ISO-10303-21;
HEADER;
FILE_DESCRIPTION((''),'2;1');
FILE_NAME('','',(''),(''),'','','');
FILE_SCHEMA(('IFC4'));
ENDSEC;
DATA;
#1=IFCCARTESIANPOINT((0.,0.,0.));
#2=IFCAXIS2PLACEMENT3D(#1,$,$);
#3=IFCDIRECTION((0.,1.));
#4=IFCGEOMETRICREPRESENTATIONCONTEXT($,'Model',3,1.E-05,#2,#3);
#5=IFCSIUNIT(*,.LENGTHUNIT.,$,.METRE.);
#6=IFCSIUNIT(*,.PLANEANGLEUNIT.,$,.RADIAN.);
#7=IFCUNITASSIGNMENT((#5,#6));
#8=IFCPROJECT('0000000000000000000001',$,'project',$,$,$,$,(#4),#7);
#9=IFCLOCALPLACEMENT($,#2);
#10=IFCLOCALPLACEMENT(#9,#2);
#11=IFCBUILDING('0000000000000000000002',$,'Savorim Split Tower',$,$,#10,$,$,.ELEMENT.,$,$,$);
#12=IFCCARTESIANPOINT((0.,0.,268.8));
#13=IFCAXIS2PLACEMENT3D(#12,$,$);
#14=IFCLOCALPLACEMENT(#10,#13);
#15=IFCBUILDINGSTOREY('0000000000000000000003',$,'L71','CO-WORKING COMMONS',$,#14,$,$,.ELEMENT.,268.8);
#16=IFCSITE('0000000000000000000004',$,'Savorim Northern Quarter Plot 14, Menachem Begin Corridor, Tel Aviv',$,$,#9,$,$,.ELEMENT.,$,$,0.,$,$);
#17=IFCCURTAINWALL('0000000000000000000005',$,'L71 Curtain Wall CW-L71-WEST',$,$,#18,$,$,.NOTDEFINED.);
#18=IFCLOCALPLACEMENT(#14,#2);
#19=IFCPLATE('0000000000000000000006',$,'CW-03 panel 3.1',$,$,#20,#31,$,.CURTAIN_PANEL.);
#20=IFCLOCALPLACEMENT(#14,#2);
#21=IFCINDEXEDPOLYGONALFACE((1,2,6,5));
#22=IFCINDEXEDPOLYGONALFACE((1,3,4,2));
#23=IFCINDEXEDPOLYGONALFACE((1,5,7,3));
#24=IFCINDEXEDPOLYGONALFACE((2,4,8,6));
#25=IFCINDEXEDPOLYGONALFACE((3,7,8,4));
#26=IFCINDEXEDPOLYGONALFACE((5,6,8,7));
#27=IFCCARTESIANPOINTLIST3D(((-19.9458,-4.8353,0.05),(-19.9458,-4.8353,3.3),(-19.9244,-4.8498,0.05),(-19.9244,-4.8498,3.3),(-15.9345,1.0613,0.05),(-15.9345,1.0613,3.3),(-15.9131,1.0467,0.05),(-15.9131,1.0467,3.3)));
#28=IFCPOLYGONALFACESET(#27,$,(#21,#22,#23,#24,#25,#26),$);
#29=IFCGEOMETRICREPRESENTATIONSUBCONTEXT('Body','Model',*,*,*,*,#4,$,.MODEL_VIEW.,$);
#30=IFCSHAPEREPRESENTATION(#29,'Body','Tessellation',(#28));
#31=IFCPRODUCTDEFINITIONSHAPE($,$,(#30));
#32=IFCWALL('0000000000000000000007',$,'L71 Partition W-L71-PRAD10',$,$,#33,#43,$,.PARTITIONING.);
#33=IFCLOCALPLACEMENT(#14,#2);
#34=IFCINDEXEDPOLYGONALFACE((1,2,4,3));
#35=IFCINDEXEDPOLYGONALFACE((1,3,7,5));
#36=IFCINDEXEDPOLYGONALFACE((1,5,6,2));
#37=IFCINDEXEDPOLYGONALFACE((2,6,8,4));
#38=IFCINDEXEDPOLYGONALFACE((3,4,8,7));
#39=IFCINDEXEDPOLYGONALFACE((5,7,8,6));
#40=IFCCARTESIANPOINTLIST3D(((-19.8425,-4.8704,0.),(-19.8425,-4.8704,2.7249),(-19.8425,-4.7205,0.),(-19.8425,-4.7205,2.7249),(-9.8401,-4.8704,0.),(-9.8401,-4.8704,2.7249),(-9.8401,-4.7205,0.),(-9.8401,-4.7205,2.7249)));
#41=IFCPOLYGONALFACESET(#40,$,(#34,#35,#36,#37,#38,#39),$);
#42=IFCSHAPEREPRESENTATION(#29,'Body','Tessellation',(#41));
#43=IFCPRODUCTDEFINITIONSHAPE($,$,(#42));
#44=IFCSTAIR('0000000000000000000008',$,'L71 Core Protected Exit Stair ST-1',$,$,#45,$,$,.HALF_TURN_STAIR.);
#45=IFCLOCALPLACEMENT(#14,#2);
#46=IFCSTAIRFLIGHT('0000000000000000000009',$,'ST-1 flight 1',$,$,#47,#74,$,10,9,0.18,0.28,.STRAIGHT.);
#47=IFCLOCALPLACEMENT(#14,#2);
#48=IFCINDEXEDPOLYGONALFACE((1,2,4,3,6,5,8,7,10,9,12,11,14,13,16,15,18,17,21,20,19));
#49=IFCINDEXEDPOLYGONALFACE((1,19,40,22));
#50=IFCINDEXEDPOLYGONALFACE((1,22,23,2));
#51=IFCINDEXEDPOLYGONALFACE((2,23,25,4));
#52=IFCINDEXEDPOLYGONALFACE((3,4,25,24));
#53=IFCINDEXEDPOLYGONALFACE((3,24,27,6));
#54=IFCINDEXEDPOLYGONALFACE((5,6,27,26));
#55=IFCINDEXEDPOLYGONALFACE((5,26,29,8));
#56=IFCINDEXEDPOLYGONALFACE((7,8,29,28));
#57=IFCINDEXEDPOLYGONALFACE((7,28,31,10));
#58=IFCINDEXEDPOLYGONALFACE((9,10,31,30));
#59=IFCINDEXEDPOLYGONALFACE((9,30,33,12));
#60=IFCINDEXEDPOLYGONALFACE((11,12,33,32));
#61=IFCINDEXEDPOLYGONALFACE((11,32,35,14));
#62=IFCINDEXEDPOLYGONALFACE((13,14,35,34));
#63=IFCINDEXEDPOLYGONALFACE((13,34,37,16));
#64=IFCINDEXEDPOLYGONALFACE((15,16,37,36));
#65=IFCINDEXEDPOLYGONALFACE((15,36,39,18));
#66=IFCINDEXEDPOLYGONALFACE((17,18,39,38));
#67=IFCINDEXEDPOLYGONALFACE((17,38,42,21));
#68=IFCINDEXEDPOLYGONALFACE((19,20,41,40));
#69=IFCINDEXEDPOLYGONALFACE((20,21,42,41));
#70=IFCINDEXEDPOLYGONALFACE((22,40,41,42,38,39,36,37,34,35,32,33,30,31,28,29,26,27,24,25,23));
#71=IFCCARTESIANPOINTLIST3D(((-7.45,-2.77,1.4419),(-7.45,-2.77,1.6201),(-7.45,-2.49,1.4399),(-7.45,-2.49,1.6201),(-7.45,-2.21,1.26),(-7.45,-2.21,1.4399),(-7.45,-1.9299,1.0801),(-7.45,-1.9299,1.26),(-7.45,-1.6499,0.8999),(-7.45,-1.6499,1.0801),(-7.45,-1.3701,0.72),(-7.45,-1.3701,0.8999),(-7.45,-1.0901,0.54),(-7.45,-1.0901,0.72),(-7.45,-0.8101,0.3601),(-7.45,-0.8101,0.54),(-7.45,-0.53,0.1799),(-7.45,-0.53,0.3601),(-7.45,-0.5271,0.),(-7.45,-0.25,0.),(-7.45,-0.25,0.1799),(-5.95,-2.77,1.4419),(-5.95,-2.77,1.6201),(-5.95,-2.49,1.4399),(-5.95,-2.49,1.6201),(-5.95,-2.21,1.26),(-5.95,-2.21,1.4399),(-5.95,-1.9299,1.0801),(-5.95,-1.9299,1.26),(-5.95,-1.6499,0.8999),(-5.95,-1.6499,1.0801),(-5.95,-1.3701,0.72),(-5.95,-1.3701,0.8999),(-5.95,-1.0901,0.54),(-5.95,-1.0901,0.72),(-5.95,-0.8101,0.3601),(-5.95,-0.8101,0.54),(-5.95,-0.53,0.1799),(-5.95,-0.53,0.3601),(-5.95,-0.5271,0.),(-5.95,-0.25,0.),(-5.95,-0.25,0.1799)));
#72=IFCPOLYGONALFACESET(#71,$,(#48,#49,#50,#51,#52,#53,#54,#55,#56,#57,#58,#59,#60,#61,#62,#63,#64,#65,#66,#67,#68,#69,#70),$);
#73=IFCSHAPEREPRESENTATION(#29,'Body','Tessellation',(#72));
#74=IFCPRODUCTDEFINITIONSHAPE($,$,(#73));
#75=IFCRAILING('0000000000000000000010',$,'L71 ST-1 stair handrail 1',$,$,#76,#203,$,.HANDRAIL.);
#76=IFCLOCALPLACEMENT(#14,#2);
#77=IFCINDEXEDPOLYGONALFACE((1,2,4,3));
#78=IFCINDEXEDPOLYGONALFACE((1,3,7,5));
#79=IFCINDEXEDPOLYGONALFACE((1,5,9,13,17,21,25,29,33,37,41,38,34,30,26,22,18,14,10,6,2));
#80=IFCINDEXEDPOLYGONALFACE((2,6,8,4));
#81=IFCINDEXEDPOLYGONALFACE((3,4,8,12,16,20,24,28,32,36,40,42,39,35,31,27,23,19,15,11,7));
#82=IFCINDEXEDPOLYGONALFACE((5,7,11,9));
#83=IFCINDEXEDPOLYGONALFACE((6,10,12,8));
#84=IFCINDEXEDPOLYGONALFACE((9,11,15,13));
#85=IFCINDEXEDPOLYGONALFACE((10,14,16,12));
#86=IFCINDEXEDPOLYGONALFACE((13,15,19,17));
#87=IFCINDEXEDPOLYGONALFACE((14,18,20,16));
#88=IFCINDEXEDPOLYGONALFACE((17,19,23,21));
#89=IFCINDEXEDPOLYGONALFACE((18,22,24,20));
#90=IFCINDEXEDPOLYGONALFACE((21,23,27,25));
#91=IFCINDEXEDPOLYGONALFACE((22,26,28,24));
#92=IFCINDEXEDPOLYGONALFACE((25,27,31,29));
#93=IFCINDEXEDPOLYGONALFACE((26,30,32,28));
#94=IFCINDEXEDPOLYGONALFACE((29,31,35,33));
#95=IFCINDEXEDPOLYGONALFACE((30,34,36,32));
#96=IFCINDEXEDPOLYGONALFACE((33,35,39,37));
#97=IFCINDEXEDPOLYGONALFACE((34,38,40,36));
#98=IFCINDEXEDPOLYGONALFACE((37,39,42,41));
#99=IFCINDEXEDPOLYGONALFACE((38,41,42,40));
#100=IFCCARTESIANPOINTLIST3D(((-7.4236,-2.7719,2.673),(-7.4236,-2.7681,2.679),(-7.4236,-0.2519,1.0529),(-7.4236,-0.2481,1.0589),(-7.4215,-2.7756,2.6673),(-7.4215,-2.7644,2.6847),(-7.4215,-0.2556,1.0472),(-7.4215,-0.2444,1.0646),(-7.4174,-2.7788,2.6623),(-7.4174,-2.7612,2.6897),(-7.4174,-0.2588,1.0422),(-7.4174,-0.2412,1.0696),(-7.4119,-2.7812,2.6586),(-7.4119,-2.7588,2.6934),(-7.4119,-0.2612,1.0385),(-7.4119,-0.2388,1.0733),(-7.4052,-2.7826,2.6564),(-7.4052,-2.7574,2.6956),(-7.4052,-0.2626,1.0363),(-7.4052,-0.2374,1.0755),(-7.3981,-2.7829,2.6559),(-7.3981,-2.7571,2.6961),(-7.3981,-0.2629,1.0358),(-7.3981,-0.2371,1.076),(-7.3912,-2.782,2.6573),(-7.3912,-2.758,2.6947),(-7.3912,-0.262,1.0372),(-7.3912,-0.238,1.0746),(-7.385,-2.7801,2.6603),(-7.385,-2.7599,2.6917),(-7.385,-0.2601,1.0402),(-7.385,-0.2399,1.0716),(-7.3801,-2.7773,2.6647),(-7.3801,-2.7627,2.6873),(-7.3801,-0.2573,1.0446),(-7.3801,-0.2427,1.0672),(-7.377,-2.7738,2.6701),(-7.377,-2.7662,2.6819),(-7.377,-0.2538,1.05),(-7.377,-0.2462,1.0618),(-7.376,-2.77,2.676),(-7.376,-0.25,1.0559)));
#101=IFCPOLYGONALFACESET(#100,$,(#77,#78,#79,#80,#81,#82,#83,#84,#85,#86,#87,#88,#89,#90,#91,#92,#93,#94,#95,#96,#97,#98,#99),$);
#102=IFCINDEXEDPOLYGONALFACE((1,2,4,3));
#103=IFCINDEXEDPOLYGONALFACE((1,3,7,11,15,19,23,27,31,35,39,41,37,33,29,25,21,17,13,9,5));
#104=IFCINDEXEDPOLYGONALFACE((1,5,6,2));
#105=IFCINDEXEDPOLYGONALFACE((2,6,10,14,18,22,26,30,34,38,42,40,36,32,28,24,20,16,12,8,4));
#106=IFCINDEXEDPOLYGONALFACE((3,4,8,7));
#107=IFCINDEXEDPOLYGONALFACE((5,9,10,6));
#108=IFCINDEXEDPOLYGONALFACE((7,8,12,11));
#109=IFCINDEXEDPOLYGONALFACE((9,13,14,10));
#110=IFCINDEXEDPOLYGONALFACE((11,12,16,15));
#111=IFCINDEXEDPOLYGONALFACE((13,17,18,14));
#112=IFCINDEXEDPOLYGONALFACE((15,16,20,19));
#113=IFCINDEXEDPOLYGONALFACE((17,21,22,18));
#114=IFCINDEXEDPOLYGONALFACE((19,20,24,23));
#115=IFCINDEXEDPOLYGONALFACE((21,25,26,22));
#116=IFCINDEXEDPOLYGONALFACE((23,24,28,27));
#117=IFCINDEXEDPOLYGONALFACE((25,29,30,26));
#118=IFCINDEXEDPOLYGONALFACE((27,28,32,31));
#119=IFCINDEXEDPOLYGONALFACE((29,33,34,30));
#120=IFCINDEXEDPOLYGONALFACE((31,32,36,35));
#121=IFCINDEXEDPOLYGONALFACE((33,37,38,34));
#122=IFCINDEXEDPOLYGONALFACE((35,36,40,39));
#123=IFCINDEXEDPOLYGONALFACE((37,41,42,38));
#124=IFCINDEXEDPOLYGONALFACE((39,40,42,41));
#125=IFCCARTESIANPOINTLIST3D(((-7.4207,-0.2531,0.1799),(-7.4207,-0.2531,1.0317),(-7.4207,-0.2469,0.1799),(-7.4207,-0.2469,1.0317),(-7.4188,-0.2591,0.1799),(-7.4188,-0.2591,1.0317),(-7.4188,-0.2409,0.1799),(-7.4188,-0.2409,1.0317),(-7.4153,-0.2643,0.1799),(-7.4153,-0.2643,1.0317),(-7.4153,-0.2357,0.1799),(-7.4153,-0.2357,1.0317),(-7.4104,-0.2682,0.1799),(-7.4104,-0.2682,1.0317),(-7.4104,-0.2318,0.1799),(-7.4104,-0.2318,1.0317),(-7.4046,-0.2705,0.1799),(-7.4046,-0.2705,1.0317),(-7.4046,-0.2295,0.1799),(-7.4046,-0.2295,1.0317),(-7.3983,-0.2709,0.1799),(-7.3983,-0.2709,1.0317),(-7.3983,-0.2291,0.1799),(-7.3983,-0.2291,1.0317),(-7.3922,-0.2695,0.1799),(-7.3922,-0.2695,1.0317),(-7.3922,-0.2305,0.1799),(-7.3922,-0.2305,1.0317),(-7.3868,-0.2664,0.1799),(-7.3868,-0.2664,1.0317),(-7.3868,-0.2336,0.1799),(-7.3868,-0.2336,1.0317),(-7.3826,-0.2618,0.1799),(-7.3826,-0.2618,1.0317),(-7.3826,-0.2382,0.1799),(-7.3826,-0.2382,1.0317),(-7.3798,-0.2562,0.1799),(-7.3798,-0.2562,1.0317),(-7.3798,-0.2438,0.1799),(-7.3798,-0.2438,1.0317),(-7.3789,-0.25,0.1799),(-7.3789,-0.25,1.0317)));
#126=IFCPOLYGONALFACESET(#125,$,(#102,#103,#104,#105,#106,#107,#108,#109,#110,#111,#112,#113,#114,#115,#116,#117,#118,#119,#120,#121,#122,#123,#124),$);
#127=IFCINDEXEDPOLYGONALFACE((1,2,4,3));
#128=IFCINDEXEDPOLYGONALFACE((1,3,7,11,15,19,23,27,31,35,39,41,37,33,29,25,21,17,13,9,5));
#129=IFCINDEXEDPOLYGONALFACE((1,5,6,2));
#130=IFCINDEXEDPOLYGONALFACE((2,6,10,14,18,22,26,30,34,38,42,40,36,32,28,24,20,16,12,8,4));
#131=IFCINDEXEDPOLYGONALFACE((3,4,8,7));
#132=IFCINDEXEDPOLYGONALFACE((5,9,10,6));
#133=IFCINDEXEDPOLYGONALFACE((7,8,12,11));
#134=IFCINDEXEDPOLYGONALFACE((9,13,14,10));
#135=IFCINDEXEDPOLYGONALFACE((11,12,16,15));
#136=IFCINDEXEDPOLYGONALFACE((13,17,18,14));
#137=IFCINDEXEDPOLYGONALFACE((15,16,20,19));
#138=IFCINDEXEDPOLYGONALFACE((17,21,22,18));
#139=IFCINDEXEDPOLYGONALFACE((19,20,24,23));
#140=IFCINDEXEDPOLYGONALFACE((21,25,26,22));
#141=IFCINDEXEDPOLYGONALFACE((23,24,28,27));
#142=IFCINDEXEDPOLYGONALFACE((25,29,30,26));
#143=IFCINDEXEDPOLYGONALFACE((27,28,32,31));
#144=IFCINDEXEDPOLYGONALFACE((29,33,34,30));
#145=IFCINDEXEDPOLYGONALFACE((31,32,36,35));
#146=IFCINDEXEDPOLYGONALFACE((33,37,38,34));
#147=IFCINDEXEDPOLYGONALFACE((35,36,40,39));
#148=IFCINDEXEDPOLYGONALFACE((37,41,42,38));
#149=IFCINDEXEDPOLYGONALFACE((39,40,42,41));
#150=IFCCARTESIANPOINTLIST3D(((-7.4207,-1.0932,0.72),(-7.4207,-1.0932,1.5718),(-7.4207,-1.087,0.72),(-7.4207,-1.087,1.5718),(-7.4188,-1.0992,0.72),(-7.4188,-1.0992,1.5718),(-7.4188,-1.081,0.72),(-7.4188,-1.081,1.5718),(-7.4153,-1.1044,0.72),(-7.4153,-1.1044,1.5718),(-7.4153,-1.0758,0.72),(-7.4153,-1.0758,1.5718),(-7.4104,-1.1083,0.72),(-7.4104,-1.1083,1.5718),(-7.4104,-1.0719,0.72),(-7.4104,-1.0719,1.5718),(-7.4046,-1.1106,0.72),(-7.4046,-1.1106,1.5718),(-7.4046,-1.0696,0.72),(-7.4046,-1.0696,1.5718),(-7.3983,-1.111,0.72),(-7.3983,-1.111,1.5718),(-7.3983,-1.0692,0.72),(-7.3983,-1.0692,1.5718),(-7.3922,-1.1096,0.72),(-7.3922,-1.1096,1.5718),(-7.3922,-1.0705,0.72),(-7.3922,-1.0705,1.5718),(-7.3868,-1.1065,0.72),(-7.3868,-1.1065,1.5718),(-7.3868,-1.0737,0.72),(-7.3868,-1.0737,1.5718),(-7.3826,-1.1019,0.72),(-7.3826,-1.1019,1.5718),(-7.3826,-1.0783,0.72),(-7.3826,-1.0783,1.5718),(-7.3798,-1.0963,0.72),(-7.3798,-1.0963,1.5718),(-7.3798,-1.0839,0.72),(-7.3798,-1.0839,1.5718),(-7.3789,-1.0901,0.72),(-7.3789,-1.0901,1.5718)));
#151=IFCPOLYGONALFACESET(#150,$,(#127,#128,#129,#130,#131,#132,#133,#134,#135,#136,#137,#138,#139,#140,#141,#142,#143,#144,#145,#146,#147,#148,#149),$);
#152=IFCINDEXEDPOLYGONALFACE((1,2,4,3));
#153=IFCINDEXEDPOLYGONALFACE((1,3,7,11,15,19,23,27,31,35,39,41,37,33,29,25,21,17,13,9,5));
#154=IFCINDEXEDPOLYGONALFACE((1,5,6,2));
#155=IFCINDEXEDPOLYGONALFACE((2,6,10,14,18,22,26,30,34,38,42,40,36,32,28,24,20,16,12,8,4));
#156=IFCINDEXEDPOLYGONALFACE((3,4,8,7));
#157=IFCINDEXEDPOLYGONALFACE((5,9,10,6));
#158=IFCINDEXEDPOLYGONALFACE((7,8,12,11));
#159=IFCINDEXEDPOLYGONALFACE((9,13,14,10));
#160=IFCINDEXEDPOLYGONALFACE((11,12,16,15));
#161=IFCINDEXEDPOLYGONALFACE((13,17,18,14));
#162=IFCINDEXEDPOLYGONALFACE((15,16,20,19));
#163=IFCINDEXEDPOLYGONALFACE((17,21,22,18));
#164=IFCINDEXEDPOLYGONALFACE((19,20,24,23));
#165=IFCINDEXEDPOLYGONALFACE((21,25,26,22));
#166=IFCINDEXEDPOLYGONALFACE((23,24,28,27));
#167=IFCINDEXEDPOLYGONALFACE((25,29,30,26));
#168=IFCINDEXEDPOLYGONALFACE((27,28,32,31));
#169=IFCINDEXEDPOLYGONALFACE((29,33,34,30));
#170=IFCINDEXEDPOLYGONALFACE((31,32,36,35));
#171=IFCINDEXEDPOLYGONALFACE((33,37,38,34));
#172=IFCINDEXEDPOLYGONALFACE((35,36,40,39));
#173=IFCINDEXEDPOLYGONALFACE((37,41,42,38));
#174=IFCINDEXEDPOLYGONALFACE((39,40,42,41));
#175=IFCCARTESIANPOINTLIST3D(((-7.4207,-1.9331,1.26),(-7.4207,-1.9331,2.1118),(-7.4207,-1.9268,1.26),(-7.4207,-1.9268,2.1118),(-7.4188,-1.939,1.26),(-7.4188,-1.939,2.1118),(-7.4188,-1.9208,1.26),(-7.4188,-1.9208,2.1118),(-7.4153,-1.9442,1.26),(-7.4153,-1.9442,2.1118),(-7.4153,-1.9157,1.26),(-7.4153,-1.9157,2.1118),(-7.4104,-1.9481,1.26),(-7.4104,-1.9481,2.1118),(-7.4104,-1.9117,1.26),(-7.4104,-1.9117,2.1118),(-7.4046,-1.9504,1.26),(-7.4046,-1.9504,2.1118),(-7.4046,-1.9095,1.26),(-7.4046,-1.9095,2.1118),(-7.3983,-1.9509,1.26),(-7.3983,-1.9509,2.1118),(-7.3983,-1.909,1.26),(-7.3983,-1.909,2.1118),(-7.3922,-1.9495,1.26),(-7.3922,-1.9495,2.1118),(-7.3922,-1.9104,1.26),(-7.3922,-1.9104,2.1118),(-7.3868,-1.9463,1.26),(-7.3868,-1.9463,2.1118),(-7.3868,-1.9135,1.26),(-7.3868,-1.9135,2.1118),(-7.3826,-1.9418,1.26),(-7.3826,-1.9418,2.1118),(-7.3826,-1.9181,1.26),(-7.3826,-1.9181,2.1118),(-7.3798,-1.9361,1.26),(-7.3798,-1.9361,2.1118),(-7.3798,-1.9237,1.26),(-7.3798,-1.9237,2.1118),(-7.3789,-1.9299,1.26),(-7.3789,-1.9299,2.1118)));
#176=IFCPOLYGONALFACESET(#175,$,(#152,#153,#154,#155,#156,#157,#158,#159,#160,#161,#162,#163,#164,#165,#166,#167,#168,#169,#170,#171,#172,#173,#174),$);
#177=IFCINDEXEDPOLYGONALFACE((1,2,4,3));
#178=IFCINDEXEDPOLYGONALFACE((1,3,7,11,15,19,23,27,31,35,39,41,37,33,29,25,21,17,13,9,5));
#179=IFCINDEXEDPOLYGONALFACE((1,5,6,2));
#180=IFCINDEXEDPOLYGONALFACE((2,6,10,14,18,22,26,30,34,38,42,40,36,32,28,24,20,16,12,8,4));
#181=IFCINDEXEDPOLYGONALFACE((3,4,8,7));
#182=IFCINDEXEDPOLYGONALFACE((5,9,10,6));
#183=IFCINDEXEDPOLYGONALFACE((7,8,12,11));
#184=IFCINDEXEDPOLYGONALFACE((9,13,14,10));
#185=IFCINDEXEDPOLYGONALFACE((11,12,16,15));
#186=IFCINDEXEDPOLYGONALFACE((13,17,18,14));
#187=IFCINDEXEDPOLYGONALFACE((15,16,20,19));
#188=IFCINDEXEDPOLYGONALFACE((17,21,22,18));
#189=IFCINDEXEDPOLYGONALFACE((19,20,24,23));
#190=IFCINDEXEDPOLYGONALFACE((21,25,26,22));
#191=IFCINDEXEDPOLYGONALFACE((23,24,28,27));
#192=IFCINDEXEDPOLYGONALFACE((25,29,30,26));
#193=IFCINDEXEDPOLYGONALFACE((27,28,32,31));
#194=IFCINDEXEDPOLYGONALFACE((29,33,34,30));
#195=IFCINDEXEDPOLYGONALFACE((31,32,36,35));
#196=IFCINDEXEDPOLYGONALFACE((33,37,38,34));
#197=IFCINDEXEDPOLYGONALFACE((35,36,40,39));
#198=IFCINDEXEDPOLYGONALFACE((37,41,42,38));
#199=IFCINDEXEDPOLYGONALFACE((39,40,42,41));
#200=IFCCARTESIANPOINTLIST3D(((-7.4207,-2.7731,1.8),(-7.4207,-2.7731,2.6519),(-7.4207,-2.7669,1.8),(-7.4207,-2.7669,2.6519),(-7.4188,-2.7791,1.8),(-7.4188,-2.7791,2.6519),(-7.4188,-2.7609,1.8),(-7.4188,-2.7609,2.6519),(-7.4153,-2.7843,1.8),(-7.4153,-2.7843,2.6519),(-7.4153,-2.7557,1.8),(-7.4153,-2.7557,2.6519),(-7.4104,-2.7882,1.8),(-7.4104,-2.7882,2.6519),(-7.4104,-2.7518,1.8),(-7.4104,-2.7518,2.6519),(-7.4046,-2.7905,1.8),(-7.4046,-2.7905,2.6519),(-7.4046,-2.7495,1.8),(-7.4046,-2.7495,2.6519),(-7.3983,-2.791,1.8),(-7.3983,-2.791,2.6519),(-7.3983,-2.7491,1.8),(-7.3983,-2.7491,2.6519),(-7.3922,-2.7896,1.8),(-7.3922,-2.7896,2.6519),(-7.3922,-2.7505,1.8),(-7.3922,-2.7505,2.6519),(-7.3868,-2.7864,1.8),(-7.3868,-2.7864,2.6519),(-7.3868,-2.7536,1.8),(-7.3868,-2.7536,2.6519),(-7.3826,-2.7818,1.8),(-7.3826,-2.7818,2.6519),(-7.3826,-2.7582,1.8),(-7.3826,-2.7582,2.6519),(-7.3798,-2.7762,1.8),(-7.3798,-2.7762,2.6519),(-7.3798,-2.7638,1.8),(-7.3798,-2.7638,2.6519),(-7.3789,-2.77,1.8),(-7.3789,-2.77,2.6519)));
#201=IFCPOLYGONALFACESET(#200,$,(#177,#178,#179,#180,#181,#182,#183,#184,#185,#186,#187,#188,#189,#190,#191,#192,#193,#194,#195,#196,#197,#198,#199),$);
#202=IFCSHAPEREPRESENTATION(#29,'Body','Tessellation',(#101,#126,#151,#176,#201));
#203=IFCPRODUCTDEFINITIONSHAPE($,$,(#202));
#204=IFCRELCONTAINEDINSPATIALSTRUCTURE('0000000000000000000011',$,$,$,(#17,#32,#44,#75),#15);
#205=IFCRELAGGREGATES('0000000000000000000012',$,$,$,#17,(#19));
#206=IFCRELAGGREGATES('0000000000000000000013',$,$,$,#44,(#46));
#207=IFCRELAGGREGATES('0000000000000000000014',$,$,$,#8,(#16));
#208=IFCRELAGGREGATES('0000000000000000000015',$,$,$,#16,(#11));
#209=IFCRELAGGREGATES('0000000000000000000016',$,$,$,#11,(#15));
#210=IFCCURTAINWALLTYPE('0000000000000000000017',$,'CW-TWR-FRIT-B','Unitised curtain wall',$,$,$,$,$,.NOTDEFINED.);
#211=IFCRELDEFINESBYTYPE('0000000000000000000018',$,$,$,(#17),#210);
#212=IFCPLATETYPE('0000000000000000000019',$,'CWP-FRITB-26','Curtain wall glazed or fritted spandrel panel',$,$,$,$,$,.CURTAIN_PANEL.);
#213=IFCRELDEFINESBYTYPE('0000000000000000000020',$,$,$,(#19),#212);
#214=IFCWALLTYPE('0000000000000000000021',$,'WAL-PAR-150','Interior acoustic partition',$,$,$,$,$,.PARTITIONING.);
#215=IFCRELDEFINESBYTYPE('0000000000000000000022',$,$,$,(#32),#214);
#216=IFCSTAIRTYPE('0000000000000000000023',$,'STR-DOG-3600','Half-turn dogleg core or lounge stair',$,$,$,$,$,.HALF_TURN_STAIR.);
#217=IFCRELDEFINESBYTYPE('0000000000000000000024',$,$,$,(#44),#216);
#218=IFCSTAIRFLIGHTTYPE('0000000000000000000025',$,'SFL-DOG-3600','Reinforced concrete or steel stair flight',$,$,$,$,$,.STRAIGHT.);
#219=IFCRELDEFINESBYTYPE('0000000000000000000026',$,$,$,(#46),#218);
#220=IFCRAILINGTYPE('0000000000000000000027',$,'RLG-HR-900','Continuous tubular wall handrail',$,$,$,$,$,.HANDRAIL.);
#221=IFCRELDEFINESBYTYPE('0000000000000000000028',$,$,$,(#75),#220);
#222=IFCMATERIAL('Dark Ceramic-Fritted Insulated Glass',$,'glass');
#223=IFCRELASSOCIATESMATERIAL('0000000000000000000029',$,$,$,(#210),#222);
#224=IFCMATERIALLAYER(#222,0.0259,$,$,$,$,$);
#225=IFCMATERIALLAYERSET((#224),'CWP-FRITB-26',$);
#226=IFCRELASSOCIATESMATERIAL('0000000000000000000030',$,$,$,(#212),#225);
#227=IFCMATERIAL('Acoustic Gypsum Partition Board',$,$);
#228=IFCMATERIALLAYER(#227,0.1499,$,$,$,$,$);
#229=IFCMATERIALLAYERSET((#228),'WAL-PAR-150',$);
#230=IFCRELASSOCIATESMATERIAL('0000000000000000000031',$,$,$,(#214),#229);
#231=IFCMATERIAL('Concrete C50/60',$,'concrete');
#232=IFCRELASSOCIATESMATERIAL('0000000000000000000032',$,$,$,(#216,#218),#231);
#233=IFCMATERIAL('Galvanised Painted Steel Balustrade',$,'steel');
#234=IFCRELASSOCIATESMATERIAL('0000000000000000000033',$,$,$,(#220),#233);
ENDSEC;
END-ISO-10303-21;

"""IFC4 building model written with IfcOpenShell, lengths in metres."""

from ifc_helpers import new_model, si_unit, direction, frame, frame_2d, origin, origin_2d, place, context, subcontext, project, spatial, polyline, rectangle, circle, outline, extrude, material, layer, layer_set, type_object, element, aggregate, save


model = new_model("IFC4")

# Units and contexts
model_context = context("Model", 3, precision=1e-05, world=origin(), true_north=direction((0.0, 1.0)))
body_context = subcontext(model_context, "Body", "Model", "MODEL_VIEW")
ifc_project = project(units=[si_unit("LENGTHUNIT", "METRE"), si_unit("PLANEANGLEUNIT", "RADIAN")], contexts=[model_context])

# Site, building, storey
site_placement = place(None, origin())
site = spatial("IfcSite", under=ifc_project, at=site_placement, Name="Savorim Northern Quarter Plot 14, Menachem Begin Corridor, Tel Aviv", CompositionType="ELEMENT", RefElevation=0.0)
building_placement = place(site_placement, origin())
building = spatial("IfcBuilding", under=site, at=building_placement, Name="Savorim Split Tower", CompositionType="ELEMENT")
storey_placement = place(building_placement, frame((0.0, 0.0, 268.8)))
storey = spatial("IfcBuildingStorey", under=building, at=storey_placement, Name="L71", Description="CO-WORKING COMMONS", CompositionType="ELEMENT", Elevation=268.8)

# Curtain wall, plate
ifc_material_1 = material(Name="Dark Ceramic-Fritted Insulated Glass", Category="glass")
curtain_wall_type = type_object("IfcCurtainWallType", Name="CW-TWR-FRIT-B", Description="Unitised curtain wall", PredefinedType="NOTDEFINED", material=ifc_material_1)
curtain_wall_placement = place(storey_placement, origin())
curtain_wall = element("IfcCurtainWall", 1, at=curtain_wall_placement, inside=storey, type_object=curtain_wall_type, Name="L71 Curtain Wall CW-L71-WEST", PredefinedType="NOTDEFINED")
ifc_layer_1 = layer(ifc_material_1, 0.0259)
ifc_layer_set_1 = layer_set([ifc_layer_1], Name="CWP-FRITB-26")
plate_type = type_object("IfcPlateType", Name="CWP-FRITB-26", Description="Curtain wall glazed or fritted spandrel panel", PredefinedType="CURTAIN_PANEL", material=ifc_layer_set_1)
plate_placement = place(storey_placement, frame((-17.9294, -1.8943, 0.05), z_axis=(0.0, 0.0, 1.0), x_axis=(-0.56247, -0.826817, 0.0)))
plate = element("IfcPlate", 2, at=plate_placement, type_object=plate_type, Name="CW-03 panel 3.1", PredefinedType="CURTAIN_PANEL", context=body_context, shape_type="SweptSolid", body=[
    extrude(rectangle(XDim=7.1316, YDim=0.0259, at=origin_2d()), origin(), (0.0, 0.0, 1.0), 3.25),
])
aggregate(curtain_wall, [plate])

# Shared definitions
ifc_material_2 = material(Name="Concrete C50/60", Category="concrete")

# Wall
ifc_material_3 = material(Name="Acoustic Gypsum Partition Board")
ifc_layer_2 = layer(ifc_material_3, 0.1499)
ifc_layer_set_2 = layer_set([ifc_layer_2], Name="WAL-PAR-150")
wall_type_1 = type_object("IfcWallType", Name="WAL-PAR-150", Description="Interior acoustic partition", PredefinedType="PARTITIONING", material=ifc_layer_set_2)
wall_1_placement = place(storey_placement, frame((-9.8401, -4.7954, 0.0), z_axis=(0.0, 0.0, 1.0), x_axis=(-1.0, 0.0, 0.0)))
element("IfcWall", 3, at=wall_1_placement, inside=storey, type_object=wall_type_1, Name="L71 Partition W-L71-PRAD10", PredefinedType="PARTITIONING", context=body_context, shape_type="SweptSolid", body=[
    extrude(rectangle(XDim=10.0024, YDim=0.1499, at=frame_2d((5.0012, 0.0))), origin(), (0.0, 0.0, 1.0), 2.7249),
])

# Stair, stair flight
stair_type = type_object("IfcStairType", Name="STR-DOG-3600", Description="Half-turn dogleg core or lounge stair", PredefinedType="HALF_TURN_STAIR", material=ifc_material_2)
stair_placement = place(storey_placement, origin())
stair = element("IfcStair", 4, at=stair_placement, inside=storey, type_object=stair_type, Name="L71 Core Protected Exit Stair ST-1", PredefinedType="HALF_TURN_STAIR")
stair_flight_type = type_object("IfcStairFlightType", Name="SFL-DOG-3600", Description="Reinforced concrete or steel stair flight", PredefinedType="STRAIGHT", material=ifc_material_2)
stair_flight_placement = place(storey_placement, frame((-6.7, -0.25, 0.0), z_axis=(0.0, 0.0, 1.0), x_axis=(0.0, -1.0, 0.0)))
stair_flight = element("IfcStairFlight", 5, at=stair_flight_placement, type_object=stair_flight_type, Name="ST-1 flight 1", NumberOfRisers=10, NumberOfTreads=9, PredefinedType="STRAIGHT", RiserHeight=0.18, TreadLength=0.28, context=body_context, shape_type="SweptSolid", body=[
    extrude(outline(polyline([(0.0, 0.0), (0.0, 0.1799), (0.28, 0.1799), (0.28, 0.3601), (0.5601, 0.3601), (0.5601, 0.54), (0.8401, 0.54), (0.8401, 0.72), (1.1201, 0.72), (1.1201, 0.8999), (1.3999, 0.8999), (1.3999, 1.0801), (1.6799, 1.0801), (1.6799, 1.26), (1.96, 1.26), (1.96, 1.4399), (2.24, 1.4399), (2.24, 1.6201), (2.52, 1.6201), (2.52, 1.8), (2.52, 1.4419), (0.2771, 0.0), (0.0, 0.0)])), frame((0.0, 0.75, 0.0), z_axis=(0.0, -1.0, 0.0), x_axis=(1.0, 0.0, 0.0)), (0.0, 0.0, 1.0), 1.5),
])
aggregate(stair, [stair_flight])

# Railing
ifc_material_4 = material(Name="Galvanised Painted Steel Balustrade", Category="steel")
railing_type_1 = type_object("IfcRailingType", Name="RLG-HR-900", Description="Continuous tubular wall handrail", PredefinedType="HANDRAIL", material=ifc_material_4)
railing_1_placement = place(storey_placement, frame((-7.3999, -0.25, 0.1799)))
element("IfcRailing", 6, at=railing_1_placement, inside=storey, type_object=railing_type_1, Name="L71 ST-1 stair handrail 1", PredefinedType="HANDRAIL", context=body_context, shape_type="SweptSolid", body=[
    extrude(circle(Radius=0.0239, at=origin_2d()), frame((0.0, 0.0, 0.876), z_axis=(0.0, -0.841163, 0.540782), x_axis=(1.0, 0.0, 0.0)), (0.0, 0.0, 1.0), 2.9958),
    extrude(circle(Radius=0.021, at=origin_2d()), origin(), (0.0, 0.0, 1.0), 0.8518),
    extrude(circle(Radius=0.021, at=origin_2d()), frame((0.0, -0.8401, 0.54)), (0.0, 0.0, 1.0), 0.8518),
    extrude(circle(Radius=0.021, at=origin_2d()), frame((0.0, -1.6799, 1.0801)), (0.0, 0.0, 1.0), 0.8518),
    extrude(circle(Radius=0.021, at=origin_2d()), frame((0.0, -2.52, 1.6201)), (0.0, 0.0, 1.0), 0.8518),
])

save(model, "model.ifc")
